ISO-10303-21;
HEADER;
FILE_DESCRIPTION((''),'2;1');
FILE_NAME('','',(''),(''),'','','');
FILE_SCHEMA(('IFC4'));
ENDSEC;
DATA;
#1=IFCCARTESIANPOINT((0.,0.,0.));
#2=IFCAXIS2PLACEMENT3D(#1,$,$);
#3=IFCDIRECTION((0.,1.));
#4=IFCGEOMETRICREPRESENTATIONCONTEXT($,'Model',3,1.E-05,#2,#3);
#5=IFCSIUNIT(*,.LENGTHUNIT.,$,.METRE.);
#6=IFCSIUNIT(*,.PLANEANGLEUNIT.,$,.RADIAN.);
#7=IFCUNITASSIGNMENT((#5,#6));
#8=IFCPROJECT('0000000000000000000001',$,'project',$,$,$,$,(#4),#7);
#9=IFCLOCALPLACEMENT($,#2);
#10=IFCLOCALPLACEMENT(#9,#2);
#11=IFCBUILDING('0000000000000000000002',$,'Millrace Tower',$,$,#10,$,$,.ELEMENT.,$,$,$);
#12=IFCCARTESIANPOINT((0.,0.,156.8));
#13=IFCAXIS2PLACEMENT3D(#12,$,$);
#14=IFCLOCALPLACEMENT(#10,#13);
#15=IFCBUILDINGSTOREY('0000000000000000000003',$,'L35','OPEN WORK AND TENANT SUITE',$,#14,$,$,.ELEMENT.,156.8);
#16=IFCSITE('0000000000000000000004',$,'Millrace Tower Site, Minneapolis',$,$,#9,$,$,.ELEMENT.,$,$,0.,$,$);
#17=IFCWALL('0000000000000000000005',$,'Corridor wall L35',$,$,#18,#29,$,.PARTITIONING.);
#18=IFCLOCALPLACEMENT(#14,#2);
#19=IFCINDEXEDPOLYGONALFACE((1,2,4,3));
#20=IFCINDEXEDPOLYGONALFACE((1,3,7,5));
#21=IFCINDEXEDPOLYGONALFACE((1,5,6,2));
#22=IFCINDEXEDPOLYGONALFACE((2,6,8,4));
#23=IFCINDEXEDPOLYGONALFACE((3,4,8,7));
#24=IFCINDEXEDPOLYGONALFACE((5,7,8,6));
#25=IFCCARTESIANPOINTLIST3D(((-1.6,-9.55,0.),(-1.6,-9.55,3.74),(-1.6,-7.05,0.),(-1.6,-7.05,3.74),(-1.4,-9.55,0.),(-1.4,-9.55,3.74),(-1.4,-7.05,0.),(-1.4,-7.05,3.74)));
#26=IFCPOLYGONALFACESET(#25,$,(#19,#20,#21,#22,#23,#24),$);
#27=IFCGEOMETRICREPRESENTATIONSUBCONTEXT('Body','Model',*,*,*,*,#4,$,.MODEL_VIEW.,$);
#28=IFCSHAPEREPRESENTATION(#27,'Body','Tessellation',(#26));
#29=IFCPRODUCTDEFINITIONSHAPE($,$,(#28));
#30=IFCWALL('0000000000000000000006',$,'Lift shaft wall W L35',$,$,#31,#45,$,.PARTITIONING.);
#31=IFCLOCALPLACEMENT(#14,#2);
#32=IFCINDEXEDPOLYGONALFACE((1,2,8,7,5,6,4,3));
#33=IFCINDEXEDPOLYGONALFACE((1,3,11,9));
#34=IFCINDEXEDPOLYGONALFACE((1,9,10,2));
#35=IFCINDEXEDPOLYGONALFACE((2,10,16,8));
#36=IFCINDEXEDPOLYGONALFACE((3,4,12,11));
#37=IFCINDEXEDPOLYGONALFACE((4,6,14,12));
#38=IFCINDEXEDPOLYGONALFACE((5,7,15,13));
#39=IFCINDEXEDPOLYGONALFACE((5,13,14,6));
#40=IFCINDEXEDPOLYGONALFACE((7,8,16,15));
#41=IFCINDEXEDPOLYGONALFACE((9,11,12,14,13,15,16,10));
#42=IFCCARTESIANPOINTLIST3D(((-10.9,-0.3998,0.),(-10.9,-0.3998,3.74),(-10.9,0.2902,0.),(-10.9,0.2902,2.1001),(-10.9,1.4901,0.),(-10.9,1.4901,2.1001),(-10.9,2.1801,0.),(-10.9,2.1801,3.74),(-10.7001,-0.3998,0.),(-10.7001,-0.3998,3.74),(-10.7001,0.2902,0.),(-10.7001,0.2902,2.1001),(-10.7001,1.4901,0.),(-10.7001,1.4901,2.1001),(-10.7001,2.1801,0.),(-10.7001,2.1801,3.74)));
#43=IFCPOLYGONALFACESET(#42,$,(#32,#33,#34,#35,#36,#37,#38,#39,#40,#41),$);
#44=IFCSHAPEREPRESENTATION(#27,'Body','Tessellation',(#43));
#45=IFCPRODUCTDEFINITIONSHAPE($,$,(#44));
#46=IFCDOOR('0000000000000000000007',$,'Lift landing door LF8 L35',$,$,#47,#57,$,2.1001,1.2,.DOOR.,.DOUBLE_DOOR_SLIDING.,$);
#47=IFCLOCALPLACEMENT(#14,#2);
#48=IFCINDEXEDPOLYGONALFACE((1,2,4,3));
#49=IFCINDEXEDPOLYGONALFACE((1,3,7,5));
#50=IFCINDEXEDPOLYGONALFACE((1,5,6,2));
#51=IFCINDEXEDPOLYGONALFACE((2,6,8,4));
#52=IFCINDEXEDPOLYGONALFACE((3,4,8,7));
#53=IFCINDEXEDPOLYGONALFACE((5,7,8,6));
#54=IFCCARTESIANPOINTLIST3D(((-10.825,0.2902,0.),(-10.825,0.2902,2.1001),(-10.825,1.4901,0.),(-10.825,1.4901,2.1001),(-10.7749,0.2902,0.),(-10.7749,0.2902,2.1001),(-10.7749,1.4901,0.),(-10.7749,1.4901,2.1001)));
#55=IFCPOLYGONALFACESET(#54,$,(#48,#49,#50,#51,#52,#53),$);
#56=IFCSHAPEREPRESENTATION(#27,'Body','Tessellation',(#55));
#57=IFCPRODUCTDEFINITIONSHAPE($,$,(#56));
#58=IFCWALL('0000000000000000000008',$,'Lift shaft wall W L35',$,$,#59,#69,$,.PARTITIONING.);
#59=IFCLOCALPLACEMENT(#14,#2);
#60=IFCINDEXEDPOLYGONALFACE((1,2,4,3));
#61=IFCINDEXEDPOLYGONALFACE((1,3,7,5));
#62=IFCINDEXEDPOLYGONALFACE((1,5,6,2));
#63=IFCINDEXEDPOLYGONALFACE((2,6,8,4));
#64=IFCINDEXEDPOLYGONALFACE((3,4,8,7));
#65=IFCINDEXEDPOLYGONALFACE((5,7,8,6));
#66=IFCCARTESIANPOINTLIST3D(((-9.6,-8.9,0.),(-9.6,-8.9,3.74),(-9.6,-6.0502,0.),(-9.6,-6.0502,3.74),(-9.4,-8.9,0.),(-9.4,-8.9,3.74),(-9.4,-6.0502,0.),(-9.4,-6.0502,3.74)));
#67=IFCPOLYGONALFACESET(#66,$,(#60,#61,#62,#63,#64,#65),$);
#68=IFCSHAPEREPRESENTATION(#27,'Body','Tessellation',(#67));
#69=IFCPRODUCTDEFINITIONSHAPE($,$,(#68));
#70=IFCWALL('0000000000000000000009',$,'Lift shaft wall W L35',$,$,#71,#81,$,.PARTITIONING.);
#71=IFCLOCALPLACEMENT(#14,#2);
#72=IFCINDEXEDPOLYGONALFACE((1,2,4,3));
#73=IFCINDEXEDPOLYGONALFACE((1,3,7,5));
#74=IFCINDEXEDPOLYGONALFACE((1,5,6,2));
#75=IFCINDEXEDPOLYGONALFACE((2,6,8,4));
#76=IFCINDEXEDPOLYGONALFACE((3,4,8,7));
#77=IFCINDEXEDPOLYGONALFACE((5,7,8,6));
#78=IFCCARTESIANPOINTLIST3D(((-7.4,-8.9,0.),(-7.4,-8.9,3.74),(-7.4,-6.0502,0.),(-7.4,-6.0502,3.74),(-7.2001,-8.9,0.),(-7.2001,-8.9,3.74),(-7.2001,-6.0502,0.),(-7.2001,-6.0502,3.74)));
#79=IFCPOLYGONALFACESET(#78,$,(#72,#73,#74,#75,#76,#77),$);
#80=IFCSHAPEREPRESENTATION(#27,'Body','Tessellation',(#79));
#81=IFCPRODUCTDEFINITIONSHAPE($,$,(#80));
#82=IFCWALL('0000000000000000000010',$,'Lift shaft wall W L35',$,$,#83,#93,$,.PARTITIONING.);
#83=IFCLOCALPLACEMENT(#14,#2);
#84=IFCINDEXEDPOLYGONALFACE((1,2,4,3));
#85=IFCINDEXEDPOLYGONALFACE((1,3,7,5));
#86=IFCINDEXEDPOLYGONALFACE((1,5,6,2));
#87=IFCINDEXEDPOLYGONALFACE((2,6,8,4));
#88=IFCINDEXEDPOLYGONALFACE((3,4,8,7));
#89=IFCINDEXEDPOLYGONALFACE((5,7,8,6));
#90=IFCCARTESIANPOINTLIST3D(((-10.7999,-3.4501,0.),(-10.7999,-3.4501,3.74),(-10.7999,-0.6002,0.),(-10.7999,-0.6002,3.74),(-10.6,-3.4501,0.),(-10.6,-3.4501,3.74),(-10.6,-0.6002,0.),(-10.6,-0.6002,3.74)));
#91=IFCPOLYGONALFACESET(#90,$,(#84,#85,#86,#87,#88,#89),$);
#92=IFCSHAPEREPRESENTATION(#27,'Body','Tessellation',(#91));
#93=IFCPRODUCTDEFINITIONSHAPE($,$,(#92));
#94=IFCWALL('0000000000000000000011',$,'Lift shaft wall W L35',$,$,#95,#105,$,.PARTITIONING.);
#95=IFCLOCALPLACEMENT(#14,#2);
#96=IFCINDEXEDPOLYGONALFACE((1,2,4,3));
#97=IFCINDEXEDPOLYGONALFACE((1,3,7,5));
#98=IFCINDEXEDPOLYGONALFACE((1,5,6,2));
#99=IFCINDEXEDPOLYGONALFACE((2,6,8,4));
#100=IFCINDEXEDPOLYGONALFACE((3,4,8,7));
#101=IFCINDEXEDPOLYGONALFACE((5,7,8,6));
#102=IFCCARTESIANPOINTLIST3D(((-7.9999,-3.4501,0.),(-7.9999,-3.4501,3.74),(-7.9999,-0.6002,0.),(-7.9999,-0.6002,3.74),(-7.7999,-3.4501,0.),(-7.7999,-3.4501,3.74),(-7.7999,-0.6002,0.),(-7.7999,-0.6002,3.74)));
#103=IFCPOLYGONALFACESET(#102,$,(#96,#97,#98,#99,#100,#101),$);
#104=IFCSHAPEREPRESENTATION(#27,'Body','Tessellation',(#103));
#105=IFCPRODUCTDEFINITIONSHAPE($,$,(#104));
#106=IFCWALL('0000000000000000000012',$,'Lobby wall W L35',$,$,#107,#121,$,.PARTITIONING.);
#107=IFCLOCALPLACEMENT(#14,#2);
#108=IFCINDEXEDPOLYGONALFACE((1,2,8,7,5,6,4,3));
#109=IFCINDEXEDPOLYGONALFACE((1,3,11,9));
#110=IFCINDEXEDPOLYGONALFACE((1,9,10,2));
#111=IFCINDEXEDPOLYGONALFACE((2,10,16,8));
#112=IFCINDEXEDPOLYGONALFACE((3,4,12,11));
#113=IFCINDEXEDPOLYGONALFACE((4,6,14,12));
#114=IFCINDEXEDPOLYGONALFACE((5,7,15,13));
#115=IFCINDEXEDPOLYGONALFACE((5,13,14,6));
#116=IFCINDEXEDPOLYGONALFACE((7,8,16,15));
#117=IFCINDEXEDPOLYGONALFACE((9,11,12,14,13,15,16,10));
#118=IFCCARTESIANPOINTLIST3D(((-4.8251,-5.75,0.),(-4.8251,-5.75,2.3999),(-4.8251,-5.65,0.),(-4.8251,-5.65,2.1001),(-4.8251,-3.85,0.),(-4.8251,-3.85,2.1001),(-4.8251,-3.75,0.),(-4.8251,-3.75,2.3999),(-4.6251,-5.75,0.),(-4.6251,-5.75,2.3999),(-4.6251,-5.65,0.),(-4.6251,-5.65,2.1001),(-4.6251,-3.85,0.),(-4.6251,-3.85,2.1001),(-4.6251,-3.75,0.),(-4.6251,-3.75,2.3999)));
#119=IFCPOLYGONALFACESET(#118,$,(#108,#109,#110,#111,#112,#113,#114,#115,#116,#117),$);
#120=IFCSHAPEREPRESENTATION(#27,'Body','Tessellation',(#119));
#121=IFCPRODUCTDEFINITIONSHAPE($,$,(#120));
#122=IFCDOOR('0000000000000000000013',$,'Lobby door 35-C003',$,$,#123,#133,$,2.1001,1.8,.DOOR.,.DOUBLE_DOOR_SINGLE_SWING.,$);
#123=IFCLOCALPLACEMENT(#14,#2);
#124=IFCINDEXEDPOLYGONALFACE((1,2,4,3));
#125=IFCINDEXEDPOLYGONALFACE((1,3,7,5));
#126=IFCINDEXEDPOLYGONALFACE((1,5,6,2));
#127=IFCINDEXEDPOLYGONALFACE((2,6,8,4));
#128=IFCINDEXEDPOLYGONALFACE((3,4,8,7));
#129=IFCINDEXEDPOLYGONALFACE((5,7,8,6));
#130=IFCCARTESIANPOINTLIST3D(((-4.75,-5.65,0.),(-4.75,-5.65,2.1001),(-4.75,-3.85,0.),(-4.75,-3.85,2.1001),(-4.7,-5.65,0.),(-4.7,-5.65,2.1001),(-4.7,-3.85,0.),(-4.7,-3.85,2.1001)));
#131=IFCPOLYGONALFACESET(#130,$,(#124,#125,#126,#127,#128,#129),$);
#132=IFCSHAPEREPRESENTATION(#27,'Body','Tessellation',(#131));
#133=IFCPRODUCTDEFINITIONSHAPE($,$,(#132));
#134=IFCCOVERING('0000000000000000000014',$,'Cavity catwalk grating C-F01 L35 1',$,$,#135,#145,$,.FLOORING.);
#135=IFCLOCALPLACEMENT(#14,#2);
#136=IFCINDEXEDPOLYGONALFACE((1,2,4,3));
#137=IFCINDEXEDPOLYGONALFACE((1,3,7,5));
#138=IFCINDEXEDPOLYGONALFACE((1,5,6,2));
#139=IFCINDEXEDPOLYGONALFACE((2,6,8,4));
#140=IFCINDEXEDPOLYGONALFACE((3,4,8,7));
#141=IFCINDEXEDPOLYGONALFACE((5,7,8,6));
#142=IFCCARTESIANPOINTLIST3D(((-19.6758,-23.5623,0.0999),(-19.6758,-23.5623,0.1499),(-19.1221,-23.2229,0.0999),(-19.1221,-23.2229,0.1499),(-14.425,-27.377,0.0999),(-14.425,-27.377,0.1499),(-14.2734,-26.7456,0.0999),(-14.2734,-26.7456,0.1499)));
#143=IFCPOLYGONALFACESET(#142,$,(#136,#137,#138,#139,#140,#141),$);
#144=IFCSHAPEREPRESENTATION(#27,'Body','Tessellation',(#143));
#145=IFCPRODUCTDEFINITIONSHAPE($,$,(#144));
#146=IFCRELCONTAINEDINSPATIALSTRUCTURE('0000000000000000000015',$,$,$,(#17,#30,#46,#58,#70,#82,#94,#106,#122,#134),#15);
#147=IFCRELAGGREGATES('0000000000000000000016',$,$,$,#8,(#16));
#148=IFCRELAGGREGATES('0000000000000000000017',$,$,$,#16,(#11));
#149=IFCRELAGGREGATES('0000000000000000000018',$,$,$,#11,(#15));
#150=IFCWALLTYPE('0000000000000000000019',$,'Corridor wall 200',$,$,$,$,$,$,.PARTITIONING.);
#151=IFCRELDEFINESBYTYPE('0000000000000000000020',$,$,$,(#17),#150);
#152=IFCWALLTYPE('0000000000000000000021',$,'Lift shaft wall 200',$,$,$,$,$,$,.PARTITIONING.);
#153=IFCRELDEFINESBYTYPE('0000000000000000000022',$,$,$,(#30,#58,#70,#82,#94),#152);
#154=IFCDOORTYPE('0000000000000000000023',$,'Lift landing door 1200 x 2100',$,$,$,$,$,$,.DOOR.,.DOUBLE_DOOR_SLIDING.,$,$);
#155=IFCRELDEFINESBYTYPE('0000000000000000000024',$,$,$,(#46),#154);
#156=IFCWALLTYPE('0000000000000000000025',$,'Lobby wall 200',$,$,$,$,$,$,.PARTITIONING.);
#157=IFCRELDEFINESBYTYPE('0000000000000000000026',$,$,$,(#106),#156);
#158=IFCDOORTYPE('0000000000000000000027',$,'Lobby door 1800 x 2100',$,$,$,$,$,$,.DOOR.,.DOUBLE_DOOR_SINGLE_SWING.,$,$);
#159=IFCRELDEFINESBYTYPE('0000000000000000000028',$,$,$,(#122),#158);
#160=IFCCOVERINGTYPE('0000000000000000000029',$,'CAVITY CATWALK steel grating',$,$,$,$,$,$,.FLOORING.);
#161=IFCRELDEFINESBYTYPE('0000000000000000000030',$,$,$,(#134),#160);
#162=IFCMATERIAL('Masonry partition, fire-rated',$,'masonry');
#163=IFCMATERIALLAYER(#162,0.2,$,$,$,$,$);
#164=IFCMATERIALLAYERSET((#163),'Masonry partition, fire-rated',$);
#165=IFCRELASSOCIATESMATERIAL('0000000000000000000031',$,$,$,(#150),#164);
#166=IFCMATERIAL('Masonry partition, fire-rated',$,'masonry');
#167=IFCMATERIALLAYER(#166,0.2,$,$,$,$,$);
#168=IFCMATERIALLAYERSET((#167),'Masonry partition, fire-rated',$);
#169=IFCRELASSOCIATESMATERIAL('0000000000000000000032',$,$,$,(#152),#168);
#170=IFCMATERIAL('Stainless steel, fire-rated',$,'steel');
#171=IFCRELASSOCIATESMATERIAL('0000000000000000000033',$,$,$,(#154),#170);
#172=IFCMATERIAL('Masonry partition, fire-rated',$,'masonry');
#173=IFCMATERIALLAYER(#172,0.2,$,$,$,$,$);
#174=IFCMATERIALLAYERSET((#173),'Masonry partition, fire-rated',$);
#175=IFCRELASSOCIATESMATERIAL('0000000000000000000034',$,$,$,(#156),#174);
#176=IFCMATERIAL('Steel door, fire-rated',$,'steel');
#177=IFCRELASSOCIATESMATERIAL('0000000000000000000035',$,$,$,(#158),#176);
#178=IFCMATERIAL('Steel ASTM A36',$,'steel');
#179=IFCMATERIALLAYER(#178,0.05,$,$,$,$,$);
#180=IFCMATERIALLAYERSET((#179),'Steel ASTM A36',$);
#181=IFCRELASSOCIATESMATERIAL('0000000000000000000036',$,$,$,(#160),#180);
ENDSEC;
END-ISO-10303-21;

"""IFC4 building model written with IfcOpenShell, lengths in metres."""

from ifc_helpers import new_model, si_unit, direction, frame, frame_2d, origin, place, context, subcontext, project, spatial, polyline, rectangle, outline, extrude, material, layer, layer_set, type_object, element, fill, save


model = new_model("IFC4")

# Units and contexts
model_context = context("Model", 3, precision=1e-05, world=origin(), true_north=direction((0.0, 1.0)))
body_context = subcontext(model_context, "Body", "Model", "MODEL_VIEW")
ifc_project = project(units=[si_unit("LENGTHUNIT", "METRE"), si_unit("PLANEANGLEUNIT", "RADIAN")], contexts=[model_context])

# Site, building, storey
site_placement = place(None, origin())
site = spatial("IfcSite", under=ifc_project, at=site_placement, Name="Millrace Tower Site, Minneapolis", CompositionType="ELEMENT", RefElevation=0.0)
building_placement = place(site_placement, origin())
building = spatial("IfcBuilding", under=site, at=building_placement, Name="Millrace Tower", CompositionType="ELEMENT")
storey_placement = place(building_placement, frame((0.0, 0.0, 156.8)))
storey = spatial("IfcBuildingStorey", under=building, at=storey_placement, Name="L35", Description="OPEN WORK AND TENANT SUITE", CompositionType="ELEMENT", Elevation=156.8)

# Shared definitions
ifc_material_1 = material(Name="Masonry partition, fire-rated", Category="masonry")
ifc_layer_1 = layer(ifc_material_1, 0.2)
ifc_layer_set_1 = layer_set([ifc_layer_1], Name="Masonry partition, fire-rated")
wall_type_1 = type_object("IfcWallType", Name="Corridor wall 200", PredefinedType="PARTITIONING", material=ifc_layer_set_1)

# Wall
wall_1_placement = place(storey_placement, frame((-1.5, -9.55, 0.0), z_axis=(0.0, 0.0, 1.0), x_axis=(0.0, 1.0, 0.0)))
element("IfcWall", 1, at=wall_1_placement, inside=storey, type_object=wall_type_1, Name="Corridor wall L35", PredefinedType="PARTITIONING", context=body_context, shape_type="SweptSolid", body=[
    extrude(rectangle(XDim=2.5, YDim=0.2, at=frame_2d((1.25, 0.0))), origin(), (0.0, 0.0, 1.0), 3.74),
])

# Wall, opening, door
ifc_material_2 = material(Name="Masonry partition, fire-rated", Category="masonry")
ifc_layer_2 = layer(ifc_material_2, 0.2)
ifc_layer_set_2 = layer_set([ifc_layer_2], Name="Masonry partition, fire-rated")
wall_type_2 = type_object("IfcWallType", Name="Lift shaft wall 200", PredefinedType="PARTITIONING", material=ifc_layer_set_2)
wall_2_placement = place(storey_placement, frame((-10.8, -0.3999, 0.0), z_axis=(0.0, 0.0, 1.0), x_axis=(0.0, 1.0, 0.0)))
wall_2 = element("IfcWall", 2, at=wall_2_placement, inside=storey, type_object=wall_type_2, Name="Lift shaft wall W L35", PredefinedType="PARTITIONING", context=body_context, shape_type="SweptSolid", body=[
    extrude(rectangle(XDim=2.5798, YDim=0.2, at=frame_2d((1.29, 0.0))), origin(), (0.0, 0.0, 1.0), 3.74),
])
opening_1_placement = place(wall_2_placement, frame((0.6899, 0.0, 0.0)))
opening_1 = element("IfcOpeningElement", 3, at=opening_1_placement, cuts=wall_2, PredefinedType="OPENING", context=body_context, shape_type="SweptSolid", body=[
    extrude(rectangle(XDim=1.2, YDim=2.1001, at=frame_2d((0.6001, 1.05))), frame((0.0, 0.1099, 0.0), z_axis=(0.0, -1.0, 0.0), x_axis=(1.0, 0.0, 0.0)), (0.0, 0.0, 1.0), 0.22),
])
ifc_material_3 = material(Name="Stainless steel, fire-rated", Category="steel")
door_type_1 = type_object("IfcDoorType", Name="Lift landing door 1200 x 2100", OperationType="DOUBLE_DOOR_SLIDING", PredefinedType="DOOR", material=ifc_material_3)
door_1_placement = place(opening_1_placement, origin())
door_1 = element("IfcDoor", 4, at=door_1_placement, inside=storey, type_object=door_type_1, Name="Lift landing door LF8 L35", OperationType="DOUBLE_DOOR_SLIDING", OverallHeight=2.1001, OverallWidth=1.2, PredefinedType="DOOR", context=body_context, shape_type="SweptSolid", body=[
    extrude(rectangle(XDim=1.2, YDim=2.1001, at=frame_2d((0.6001, 1.05))), frame((0.0, 0.0249, 0.0), z_axis=(0.0, -1.0, 0.0), x_axis=(1.0, 0.0, 0.0)), (0.0, 0.0, 1.0), 0.05),
])
fill(opening_1, door_1)

# Walls
for number, where, z_axis, x_axis, name in (
    (5, (-9.5, -8.8999, 0.0), (0.0, 0.0, 1.0), (0.0, 1.0, 0.0), "Lift shaft wall W L35"),
    (6, (-7.3, -8.8999, 0.0), (0.0, 0.0, 1.0), (0.0, 1.0, 0.0), "Lift shaft wall W L35"),
    (7, (-10.7, -3.45, 0.0), (0.0, 0.0, 1.0), (0.0, 1.0, 0.0), "Lift shaft wall W L35"),
    (8, (-7.8999, -3.45, 0.0), (0.0, 0.0, 1.0), (0.0, 1.0, 0.0), "Lift shaft wall W L35"),
):
    element("IfcWall", number, at=place(storey_placement, frame(where, z_axis=z_axis, x_axis=x_axis)), inside=storey, type_object=wall_type_2, Name=name, PredefinedType="PARTITIONING", context=body_context, shape_type="SweptSolid", body=[
        extrude(rectangle(XDim=2.8499, YDim=0.2, at=frame_2d((1.4248, 0.0))), origin(), (0.0, 0.0, 1.0), 3.74),
    ])

# Wall, opening, door
ifc_material_4 = material(Name="Masonry partition, fire-rated", Category="masonry")
ifc_layer_3 = layer(ifc_material_4, 0.2)
ifc_layer_set_3 = layer_set([ifc_layer_3], Name="Masonry partition, fire-rated")
wall_type_3 = type_object("IfcWallType", Name="Lobby wall 200", PredefinedType="PARTITIONING", material=ifc_layer_set_3)
wall_3_placement = place(storey_placement, frame((-4.7251, -5.75, 0.0), z_axis=(0.0, 0.0, 1.0), x_axis=(0.0, 1.0, 0.0)))
wall_3 = element("IfcWall", 9, at=wall_3_placement, inside=storey, type_object=wall_type_3, Name="Lobby wall W L35", PredefinedType="PARTITIONING", context=body_context, shape_type="SweptSolid", body=[
    extrude(rectangle(XDim=2.0, YDim=0.2, at=frame_2d((1.0, 0.0))), origin(), (0.0, 0.0, 1.0), 2.3999),
])
opening_2_placement = place(wall_3_placement, frame((0.1001, 0.0, 0.0)))
opening_2 = element("IfcOpeningElement", 10, at=opening_2_placement, cuts=wall_3, PredefinedType="OPENING", context=body_context, shape_type="SweptSolid", body=[
    extrude(rectangle(XDim=1.8, YDim=2.1001, at=frame_2d((0.8999, 1.05))), frame((0.0, 0.1099, 0.0), z_axis=(0.0, -1.0, 0.0), x_axis=(1.0, 0.0, 0.0)), (0.0, 0.0, 1.0), 0.22),
])
ifc_material_5 = material(Name="Steel door, fire-rated", Category="steel")
door_type_2 = type_object("IfcDoorType", Name="Lobby door 1800 x 2100", OperationType="DOUBLE_DOOR_SINGLE_SWING", PredefinedType="DOOR", material=ifc_material_5)
door_2_placement = place(opening_2_placement, origin())
door_2 = element("IfcDoor", 11, at=door_2_placement, inside=storey, type_object=door_type_2, Name="Lobby door 35-C003", OperationType="DOUBLE_DOOR_SINGLE_SWING", OverallHeight=2.1001, OverallWidth=1.8, PredefinedType="DOOR", context=body_context, shape_type="SweptSolid", body=[
    extrude(rectangle(XDim=1.8, YDim=2.1001, at=frame_2d((0.8999, 1.05))), frame((0.0, 0.0249, 0.0), z_axis=(0.0, -1.0, 0.0), x_axis=(1.0, 0.0, 0.0)), (0.0, 0.0, 1.0), 0.05),
])
fill(opening_2, door_2)

# Covering
ifc_material_6 = material(Name="Steel ASTM A36", Category="steel")
ifc_layer_4 = layer(ifc_material_6, 0.05)
ifc_layer_set_4 = layer_set([ifc_layer_4], Name="Steel ASTM A36")
covering_type = type_object("IfcCoveringType", Name="CAVITY CATWALK steel grating", PredefinedType="FLOORING", material=ifc_layer_set_4)
covering_placement = place(storey_placement, frame((0.0, 0.0, 0.0999)))
element("IfcCovering", 12, at=covering_placement, inside=storey, type_object=covering_type, Name="Cavity catwalk grating C-F01 L35 1", PredefinedType="FLOORING", context=body_context, shape_type="SweptSolid", body=[
    extrude(outline(polyline([(-19.6758, -23.5623), (-14.425, -27.377), (-14.2734, -26.7456), (-19.1221, -23.2229), (-19.6758, -23.5623)])), origin(), (0.0, 0.0, 1.0), 0.05),
])

save(model, "model.ifc")
